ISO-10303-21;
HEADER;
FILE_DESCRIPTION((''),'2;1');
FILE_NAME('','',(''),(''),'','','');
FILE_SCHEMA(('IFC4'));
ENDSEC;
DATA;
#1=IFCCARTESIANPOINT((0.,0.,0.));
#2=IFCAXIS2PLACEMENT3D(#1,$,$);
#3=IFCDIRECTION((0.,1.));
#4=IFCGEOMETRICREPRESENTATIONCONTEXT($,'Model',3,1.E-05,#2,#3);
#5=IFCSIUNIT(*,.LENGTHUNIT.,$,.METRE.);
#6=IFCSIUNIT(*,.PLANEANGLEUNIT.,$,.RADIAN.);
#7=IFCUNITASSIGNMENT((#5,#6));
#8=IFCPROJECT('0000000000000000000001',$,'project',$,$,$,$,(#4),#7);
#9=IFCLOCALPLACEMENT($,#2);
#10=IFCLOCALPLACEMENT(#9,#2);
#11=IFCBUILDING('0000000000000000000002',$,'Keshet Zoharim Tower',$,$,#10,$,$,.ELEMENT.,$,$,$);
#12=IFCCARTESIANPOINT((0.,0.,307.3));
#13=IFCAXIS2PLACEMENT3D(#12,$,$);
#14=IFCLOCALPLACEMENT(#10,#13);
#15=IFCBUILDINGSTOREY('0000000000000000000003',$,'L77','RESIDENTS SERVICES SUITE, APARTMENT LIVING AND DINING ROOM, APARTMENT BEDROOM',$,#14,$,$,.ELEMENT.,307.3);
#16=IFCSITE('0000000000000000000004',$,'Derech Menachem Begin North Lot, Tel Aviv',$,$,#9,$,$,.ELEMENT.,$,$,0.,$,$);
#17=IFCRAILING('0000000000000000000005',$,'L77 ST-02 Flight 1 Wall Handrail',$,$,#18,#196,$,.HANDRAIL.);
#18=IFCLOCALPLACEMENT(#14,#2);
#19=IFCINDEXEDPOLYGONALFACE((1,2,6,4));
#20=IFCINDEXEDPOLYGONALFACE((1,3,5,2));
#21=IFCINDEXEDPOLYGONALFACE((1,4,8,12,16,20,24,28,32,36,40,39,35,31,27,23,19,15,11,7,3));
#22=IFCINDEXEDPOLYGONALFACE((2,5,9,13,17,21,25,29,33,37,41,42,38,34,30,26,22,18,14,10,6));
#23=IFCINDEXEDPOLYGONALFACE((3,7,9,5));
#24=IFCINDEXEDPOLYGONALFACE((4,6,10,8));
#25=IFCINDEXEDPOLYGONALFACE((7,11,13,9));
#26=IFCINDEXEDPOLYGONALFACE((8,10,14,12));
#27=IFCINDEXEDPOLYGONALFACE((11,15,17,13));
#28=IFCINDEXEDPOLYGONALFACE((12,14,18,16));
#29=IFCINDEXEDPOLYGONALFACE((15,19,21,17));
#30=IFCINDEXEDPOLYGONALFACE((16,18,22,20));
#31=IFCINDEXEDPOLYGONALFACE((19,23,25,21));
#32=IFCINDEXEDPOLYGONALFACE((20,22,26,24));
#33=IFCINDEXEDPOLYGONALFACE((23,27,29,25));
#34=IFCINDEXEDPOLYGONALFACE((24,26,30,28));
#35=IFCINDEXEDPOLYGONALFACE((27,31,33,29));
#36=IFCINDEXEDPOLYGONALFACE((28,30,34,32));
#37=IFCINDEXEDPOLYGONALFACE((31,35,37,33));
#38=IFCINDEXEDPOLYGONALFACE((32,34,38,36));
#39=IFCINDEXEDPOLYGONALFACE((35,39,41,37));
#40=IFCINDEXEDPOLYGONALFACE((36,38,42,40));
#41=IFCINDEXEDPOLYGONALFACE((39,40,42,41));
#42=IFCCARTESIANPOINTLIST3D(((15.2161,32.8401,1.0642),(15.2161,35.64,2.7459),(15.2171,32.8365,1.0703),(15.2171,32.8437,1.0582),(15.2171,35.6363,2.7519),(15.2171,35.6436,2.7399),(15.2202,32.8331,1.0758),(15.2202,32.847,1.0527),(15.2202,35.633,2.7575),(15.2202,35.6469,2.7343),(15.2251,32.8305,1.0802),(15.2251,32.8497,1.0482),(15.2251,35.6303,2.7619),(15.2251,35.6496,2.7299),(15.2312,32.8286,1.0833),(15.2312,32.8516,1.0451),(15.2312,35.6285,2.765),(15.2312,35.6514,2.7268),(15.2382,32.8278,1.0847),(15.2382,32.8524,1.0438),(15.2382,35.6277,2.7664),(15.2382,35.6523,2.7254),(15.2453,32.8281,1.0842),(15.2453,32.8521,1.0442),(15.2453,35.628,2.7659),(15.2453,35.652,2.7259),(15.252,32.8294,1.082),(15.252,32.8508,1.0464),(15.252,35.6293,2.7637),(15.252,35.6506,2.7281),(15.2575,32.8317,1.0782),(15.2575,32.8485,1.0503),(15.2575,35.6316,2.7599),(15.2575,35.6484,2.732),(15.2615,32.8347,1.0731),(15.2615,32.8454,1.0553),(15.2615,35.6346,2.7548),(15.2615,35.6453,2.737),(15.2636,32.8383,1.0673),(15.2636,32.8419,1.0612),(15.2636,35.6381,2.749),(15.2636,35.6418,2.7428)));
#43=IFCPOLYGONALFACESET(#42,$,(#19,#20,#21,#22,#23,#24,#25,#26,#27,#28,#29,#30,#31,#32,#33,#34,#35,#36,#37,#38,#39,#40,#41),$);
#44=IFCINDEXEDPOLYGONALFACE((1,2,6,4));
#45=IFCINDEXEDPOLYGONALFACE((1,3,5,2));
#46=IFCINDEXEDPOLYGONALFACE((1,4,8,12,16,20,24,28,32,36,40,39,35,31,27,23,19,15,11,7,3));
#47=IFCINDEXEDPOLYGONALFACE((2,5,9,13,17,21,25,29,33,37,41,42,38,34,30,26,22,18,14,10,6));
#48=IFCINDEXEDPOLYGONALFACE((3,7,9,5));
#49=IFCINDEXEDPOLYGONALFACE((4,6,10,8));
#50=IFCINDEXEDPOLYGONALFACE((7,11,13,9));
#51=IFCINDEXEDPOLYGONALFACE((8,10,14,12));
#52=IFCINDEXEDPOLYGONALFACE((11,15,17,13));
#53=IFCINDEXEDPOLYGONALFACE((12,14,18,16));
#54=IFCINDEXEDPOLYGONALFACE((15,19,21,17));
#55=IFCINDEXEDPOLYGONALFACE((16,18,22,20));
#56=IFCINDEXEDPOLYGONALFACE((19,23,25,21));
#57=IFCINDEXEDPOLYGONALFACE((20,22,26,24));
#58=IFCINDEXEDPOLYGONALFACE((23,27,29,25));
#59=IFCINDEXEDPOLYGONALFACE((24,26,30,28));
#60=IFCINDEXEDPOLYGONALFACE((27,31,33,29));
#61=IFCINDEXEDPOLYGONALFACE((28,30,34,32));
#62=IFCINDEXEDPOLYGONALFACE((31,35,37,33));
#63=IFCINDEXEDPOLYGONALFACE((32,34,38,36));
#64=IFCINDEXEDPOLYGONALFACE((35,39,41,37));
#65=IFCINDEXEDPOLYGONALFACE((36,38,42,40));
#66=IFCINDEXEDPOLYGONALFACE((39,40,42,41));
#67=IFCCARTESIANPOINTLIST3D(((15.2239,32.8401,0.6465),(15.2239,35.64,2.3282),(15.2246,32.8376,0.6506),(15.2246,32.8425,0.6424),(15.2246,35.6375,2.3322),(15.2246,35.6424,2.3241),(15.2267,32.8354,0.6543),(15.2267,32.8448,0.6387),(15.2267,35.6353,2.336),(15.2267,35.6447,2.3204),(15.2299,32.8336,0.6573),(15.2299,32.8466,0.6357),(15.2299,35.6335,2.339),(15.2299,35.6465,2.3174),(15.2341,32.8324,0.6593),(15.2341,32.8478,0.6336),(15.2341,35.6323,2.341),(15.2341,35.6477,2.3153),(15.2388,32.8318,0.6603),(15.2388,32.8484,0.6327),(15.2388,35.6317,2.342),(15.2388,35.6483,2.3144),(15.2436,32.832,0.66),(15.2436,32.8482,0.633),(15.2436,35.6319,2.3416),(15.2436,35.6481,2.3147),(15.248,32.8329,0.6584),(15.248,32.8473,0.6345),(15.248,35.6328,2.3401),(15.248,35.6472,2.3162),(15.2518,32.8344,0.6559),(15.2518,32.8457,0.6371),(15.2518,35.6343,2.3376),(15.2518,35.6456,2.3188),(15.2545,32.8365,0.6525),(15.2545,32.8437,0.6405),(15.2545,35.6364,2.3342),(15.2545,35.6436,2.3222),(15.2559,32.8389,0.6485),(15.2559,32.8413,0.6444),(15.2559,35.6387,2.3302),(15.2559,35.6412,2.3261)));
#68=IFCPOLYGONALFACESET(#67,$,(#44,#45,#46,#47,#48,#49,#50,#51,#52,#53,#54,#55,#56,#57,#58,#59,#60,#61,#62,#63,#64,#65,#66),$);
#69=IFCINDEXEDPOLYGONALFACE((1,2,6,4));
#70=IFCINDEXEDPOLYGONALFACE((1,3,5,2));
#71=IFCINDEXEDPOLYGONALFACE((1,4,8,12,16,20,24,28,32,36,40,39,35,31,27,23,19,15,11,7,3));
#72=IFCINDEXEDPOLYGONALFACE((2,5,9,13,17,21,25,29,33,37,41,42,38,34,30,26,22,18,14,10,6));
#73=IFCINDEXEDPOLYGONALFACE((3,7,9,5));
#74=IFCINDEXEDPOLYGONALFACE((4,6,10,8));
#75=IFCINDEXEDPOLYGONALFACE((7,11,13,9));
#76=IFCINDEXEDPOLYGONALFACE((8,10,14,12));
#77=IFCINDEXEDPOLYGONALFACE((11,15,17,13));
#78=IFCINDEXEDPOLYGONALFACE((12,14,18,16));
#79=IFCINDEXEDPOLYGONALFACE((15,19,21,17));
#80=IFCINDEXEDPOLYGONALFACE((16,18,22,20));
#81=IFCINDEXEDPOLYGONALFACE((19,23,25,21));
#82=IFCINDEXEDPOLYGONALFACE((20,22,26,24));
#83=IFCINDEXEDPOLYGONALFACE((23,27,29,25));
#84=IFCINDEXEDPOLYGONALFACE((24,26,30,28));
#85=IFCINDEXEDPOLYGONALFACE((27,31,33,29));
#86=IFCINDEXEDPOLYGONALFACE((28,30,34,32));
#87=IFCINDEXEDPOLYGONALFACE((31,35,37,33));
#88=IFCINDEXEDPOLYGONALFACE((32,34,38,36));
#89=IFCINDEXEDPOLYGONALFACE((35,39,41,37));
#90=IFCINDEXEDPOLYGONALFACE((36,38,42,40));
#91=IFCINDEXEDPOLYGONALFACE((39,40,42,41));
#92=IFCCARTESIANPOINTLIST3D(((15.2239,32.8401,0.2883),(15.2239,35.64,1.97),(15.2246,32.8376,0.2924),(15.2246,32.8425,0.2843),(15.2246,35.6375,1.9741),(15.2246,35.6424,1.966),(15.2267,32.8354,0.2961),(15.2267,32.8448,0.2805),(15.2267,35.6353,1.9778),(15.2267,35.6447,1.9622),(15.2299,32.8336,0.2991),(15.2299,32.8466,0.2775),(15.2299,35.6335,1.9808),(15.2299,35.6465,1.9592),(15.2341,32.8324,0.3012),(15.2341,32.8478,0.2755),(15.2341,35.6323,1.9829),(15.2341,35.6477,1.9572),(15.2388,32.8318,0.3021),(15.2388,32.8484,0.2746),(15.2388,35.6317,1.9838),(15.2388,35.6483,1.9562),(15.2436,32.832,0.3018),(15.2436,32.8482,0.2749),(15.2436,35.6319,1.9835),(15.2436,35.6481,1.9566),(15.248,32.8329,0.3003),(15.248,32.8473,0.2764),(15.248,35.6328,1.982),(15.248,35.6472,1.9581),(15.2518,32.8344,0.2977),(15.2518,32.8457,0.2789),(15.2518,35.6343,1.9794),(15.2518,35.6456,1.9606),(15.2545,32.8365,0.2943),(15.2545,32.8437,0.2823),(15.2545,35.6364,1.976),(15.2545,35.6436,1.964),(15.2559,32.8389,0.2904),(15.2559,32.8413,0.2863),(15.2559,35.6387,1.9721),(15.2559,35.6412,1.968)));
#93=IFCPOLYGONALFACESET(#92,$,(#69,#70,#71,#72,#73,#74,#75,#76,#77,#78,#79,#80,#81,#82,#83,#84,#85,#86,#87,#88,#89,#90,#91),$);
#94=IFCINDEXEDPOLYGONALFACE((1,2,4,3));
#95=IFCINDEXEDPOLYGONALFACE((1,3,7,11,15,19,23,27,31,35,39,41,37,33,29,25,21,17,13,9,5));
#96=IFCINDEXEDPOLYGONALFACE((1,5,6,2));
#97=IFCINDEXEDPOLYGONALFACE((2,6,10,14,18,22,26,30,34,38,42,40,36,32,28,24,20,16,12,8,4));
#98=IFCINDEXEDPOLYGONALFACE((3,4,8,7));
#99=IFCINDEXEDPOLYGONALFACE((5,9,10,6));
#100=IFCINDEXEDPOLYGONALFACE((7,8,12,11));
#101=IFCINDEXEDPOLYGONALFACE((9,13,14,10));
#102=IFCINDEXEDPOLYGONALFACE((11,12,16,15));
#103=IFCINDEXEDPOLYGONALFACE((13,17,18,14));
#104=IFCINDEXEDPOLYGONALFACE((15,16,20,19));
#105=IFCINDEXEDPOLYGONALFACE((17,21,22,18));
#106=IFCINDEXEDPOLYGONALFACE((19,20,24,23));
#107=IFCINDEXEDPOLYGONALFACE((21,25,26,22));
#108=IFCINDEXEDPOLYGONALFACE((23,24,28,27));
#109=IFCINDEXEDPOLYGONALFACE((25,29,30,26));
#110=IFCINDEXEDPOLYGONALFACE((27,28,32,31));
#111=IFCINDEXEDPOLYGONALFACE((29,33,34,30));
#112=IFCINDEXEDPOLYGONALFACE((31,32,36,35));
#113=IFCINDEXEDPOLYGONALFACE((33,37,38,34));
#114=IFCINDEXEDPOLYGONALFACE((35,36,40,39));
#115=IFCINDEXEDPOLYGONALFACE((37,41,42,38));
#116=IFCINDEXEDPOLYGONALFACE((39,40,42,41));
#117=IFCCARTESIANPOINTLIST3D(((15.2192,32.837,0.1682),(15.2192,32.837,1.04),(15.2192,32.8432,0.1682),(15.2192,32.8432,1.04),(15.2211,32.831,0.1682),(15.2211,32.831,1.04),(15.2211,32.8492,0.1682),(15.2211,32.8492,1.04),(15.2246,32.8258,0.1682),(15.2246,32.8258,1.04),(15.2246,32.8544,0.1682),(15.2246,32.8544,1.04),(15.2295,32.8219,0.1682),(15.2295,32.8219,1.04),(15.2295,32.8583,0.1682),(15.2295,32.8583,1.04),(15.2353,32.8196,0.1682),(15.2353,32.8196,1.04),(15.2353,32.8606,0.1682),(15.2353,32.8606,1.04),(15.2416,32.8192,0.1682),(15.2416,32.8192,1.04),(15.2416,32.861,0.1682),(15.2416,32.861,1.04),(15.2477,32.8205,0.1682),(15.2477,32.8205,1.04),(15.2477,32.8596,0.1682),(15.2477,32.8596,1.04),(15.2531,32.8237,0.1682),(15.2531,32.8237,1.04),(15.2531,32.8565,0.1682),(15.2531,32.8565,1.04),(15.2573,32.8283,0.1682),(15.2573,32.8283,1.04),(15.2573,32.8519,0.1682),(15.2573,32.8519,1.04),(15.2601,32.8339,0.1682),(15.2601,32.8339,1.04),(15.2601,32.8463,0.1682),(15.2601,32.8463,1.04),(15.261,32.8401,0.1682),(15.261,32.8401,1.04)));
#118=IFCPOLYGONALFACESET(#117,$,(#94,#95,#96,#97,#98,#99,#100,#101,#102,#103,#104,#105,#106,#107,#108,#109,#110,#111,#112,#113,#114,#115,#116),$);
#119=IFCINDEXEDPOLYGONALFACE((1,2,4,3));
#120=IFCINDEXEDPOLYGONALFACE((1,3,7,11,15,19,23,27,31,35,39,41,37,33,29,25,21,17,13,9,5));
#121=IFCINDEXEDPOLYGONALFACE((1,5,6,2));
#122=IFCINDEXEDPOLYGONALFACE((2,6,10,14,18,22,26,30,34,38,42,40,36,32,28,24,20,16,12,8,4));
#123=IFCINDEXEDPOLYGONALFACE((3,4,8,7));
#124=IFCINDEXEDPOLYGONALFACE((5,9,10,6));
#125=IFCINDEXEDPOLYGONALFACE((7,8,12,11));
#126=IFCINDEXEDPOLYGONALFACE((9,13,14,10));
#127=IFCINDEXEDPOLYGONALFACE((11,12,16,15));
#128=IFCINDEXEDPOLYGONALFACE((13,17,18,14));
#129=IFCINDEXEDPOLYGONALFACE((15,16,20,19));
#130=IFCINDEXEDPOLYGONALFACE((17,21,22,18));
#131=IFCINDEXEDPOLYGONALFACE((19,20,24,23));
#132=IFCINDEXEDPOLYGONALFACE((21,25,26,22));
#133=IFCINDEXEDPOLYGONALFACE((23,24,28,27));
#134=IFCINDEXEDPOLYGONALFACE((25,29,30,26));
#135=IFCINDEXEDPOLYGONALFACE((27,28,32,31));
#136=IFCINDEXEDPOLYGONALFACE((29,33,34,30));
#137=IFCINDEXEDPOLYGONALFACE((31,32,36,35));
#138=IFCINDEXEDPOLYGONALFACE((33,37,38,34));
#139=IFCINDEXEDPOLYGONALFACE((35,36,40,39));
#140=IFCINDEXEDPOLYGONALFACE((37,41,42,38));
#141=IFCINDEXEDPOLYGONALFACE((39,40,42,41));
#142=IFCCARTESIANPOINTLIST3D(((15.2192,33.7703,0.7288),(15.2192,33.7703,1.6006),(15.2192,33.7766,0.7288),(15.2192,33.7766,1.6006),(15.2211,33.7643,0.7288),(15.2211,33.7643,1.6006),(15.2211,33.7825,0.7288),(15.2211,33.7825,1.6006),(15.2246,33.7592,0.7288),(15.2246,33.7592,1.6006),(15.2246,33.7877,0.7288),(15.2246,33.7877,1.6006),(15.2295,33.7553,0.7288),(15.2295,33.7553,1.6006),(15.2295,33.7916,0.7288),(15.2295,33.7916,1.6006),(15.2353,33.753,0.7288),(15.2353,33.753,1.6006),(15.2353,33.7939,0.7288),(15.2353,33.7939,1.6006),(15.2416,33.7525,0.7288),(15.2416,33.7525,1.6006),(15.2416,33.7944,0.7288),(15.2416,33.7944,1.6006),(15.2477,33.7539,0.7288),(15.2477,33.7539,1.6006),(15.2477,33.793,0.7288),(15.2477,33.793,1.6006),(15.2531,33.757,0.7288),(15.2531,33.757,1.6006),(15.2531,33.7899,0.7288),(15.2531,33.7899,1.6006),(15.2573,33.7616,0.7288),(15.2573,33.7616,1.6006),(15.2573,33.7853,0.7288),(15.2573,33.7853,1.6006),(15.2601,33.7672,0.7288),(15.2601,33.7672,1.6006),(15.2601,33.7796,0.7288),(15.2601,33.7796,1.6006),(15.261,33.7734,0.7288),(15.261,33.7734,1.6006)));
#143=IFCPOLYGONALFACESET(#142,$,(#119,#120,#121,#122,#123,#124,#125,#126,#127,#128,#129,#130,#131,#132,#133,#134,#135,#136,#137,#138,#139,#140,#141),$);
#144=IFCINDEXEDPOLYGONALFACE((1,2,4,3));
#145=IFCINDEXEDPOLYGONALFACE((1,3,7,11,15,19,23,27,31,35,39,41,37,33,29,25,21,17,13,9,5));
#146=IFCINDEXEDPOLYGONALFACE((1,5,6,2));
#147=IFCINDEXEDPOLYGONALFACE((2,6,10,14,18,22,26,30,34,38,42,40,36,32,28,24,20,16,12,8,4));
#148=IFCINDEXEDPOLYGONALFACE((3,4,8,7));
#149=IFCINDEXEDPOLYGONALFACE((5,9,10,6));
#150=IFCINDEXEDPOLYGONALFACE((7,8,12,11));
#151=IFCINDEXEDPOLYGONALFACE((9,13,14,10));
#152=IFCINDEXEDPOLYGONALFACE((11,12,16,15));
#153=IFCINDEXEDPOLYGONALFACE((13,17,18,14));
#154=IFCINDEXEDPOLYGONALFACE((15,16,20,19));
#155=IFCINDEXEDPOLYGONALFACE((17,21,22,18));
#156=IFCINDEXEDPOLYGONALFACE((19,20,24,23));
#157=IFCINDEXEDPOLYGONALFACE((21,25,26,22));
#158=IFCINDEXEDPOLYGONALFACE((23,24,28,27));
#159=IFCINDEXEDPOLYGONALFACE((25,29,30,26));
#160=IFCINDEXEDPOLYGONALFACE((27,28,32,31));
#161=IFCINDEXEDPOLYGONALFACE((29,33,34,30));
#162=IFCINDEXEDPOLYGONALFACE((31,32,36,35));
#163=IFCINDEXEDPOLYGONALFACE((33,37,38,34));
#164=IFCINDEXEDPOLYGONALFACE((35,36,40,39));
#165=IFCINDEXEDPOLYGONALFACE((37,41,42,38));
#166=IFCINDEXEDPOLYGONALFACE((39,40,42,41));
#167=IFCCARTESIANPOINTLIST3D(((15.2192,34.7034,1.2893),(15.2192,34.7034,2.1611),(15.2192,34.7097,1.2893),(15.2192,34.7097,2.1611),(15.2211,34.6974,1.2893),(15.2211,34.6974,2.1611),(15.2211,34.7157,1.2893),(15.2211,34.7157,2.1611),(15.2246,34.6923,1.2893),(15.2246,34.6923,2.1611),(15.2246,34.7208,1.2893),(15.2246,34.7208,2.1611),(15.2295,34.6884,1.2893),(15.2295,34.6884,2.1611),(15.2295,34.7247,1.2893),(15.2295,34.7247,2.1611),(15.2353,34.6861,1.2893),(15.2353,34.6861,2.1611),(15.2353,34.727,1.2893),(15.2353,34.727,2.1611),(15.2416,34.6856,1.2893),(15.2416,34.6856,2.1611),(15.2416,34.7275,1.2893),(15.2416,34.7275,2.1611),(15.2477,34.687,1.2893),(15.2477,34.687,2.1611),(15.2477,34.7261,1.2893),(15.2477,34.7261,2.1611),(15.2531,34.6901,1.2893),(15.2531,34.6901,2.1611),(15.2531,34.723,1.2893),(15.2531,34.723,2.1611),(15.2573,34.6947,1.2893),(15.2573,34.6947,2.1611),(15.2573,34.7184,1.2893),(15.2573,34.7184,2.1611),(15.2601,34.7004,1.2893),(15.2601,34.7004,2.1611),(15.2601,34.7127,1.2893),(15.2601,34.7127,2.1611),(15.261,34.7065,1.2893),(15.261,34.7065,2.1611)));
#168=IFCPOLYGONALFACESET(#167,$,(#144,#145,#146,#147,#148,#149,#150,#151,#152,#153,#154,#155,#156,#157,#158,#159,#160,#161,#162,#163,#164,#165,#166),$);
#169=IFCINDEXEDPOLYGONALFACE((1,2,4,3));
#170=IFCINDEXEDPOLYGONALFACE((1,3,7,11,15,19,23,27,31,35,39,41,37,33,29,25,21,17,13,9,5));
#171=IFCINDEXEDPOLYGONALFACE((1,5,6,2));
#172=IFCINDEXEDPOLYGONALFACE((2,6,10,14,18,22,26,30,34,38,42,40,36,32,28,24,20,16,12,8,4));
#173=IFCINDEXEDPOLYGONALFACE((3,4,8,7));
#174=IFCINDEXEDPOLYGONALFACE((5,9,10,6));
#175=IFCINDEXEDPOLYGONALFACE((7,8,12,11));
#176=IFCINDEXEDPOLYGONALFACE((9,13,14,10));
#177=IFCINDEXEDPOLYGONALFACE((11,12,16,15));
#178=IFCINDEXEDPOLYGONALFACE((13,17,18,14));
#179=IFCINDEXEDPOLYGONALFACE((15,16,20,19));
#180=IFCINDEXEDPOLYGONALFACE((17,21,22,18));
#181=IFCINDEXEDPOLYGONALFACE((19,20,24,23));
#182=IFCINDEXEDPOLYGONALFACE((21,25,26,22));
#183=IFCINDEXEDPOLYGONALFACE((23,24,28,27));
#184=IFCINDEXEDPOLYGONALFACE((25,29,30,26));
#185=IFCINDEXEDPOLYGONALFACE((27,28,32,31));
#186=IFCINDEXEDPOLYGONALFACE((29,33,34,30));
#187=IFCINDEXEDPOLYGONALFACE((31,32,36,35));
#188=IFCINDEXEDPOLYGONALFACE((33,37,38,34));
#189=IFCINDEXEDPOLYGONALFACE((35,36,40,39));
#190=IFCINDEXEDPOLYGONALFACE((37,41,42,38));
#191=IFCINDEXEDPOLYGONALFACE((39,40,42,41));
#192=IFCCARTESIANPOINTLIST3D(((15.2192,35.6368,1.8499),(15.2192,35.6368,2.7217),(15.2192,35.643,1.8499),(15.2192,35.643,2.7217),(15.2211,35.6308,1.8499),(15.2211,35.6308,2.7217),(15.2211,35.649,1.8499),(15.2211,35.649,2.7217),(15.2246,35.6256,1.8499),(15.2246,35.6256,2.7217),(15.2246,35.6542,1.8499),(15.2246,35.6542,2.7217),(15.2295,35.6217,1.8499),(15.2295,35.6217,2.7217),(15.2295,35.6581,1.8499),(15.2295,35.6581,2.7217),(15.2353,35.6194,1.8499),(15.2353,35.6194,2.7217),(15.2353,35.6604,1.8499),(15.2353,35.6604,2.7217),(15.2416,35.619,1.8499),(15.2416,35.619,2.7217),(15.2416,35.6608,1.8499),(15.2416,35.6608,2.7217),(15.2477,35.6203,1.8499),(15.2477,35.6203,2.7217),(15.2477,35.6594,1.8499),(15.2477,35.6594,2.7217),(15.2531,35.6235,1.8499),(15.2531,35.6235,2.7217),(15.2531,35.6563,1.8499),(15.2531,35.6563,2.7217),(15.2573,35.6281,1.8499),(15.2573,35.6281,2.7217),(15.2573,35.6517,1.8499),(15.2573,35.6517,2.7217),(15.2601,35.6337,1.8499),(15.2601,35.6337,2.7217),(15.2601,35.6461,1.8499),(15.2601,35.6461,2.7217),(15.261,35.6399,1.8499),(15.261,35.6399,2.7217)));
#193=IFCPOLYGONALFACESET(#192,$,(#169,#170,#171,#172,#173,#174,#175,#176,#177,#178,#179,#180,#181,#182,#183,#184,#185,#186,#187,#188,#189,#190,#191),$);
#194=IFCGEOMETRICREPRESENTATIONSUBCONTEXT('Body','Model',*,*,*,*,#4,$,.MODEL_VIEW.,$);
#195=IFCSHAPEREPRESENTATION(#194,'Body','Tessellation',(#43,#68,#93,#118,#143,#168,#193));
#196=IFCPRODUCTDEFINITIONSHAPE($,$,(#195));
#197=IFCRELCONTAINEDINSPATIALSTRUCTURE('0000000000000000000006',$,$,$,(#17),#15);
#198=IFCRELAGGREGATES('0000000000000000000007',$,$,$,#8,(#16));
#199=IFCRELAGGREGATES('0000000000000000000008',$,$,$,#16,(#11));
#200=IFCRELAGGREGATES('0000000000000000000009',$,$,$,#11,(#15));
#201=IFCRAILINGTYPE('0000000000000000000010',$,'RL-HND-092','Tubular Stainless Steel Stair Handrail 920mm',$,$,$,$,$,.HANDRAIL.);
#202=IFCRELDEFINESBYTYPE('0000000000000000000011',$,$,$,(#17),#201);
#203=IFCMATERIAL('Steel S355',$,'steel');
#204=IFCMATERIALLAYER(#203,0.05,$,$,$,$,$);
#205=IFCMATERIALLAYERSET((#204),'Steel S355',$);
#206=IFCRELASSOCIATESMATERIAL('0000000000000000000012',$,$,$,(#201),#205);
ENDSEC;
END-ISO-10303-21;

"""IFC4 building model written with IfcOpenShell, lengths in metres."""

from ifc_helpers import new_model, si_unit, direction, frame, origin, origin_2d, place, context, subcontext, project, spatial, circle, extrude, material, layer, layer_set, type_object, element, save


model = new_model("IFC4")

# Units and contexts
model_context = context("Model", 3, precision=1e-05, world=origin(), true_north=direction((0.0, 1.0)))
body_context = subcontext(model_context, "Body", "Model", "MODEL_VIEW")
ifc_project = project(units=[si_unit("LENGTHUNIT", "METRE"), si_unit("PLANEANGLEUNIT", "RADIAN")], contexts=[model_context])

# Site, building, storey
site_placement = place(None, origin())
site = spatial("IfcSite", under=ifc_project, at=site_placement, Name="Derech Menachem Begin North Lot, Tel Aviv", CompositionType="ELEMENT", RefElevation=0.0)
building_placement = place(site_placement, origin())
building = spatial("IfcBuilding", under=site, at=building_placement, Name="Keshet Zoharim Tower", CompositionType="ELEMENT")
storey_placement = place(building_placement, frame((0.0, 0.0, 307.3)))
storey = spatial("IfcBuildingStorey", under=building, at=storey_placement, Name="L77", Description="RESIDENTS SERVICES SUITE, APARTMENT LIVING AND DINING ROOM, APARTMENT BEDROOM", CompositionType="ELEMENT", Elevation=307.3)

# Shared definitions
ifc_material_1 = material(Name="Steel S355", Category="steel")

# Railing
ifc_layer_1 = layer(ifc_material_1, 0.05)
ifc_layer_set_1 = layer_set([ifc_layer_1], Name="Steel S355")
railing_type_1 = type_object("IfcRailingType", Name="RL-HND-092", Description="Tubular Stainless Steel Stair Handrail 920mm", PredefinedType="HANDRAIL", material=ifc_layer_set_1)
railing_1_placement = place(storey_placement, frame((15.24, 32.8401, 0.1682)))
element("IfcRailing", 1, at=railing_1_placement, inside=storey, type_object=railing_type_1, Name="L77 ST-02 Flight 1 Wall Handrail", PredefinedType="HANDRAIL", context=body_context, shape_type="SweptSolid", body=[
    extrude(circle(Radius=0.0239, at=origin_2d()), frame((0.0, 0.0, 0.896), z_axis=(0.0, 0.857255, 0.514891), x_axis=(-1.0, 0.0, 0.0)), (0.0, 0.0, 1.0), 3.2661),
    extrude(circle(Radius=0.0161, at=origin_2d()), frame((0.0, 0.0, 0.4783), z_axis=(0.0, 0.857255, 0.514891), x_axis=(-1.0, 0.0, 0.0)), (0.0, 0.0, 1.0), 3.2661),
    extrude(circle(Radius=0.0161, at=origin_2d()), frame((0.0, 0.0, 0.1201), z_axis=(0.0, 0.857255, 0.514891), x_axis=(-1.0, 0.0, 0.0)), (0.0, 0.0, 1.0), 3.2661),
    extrude(circle(Radius=0.021, at=origin_2d()), origin(), (0.0, 0.0, 1.0), 0.8718),
    extrude(circle(Radius=0.021, at=origin_2d()), frame((0.0, 0.9333, 0.5605)), (0.0, 0.0, 1.0), 0.8718),
    extrude(circle(Radius=0.021, at=origin_2d()), frame((0.0, 1.8665, 1.1211)), (0.0, 0.0, 1.0), 0.8718),
    extrude(circle(Radius=0.021, at=origin_2d()), frame((0.0, 2.7998, 1.6816)), (0.0, 0.0, 1.0), 0.8718),
])

save(model, "model.ifc")
